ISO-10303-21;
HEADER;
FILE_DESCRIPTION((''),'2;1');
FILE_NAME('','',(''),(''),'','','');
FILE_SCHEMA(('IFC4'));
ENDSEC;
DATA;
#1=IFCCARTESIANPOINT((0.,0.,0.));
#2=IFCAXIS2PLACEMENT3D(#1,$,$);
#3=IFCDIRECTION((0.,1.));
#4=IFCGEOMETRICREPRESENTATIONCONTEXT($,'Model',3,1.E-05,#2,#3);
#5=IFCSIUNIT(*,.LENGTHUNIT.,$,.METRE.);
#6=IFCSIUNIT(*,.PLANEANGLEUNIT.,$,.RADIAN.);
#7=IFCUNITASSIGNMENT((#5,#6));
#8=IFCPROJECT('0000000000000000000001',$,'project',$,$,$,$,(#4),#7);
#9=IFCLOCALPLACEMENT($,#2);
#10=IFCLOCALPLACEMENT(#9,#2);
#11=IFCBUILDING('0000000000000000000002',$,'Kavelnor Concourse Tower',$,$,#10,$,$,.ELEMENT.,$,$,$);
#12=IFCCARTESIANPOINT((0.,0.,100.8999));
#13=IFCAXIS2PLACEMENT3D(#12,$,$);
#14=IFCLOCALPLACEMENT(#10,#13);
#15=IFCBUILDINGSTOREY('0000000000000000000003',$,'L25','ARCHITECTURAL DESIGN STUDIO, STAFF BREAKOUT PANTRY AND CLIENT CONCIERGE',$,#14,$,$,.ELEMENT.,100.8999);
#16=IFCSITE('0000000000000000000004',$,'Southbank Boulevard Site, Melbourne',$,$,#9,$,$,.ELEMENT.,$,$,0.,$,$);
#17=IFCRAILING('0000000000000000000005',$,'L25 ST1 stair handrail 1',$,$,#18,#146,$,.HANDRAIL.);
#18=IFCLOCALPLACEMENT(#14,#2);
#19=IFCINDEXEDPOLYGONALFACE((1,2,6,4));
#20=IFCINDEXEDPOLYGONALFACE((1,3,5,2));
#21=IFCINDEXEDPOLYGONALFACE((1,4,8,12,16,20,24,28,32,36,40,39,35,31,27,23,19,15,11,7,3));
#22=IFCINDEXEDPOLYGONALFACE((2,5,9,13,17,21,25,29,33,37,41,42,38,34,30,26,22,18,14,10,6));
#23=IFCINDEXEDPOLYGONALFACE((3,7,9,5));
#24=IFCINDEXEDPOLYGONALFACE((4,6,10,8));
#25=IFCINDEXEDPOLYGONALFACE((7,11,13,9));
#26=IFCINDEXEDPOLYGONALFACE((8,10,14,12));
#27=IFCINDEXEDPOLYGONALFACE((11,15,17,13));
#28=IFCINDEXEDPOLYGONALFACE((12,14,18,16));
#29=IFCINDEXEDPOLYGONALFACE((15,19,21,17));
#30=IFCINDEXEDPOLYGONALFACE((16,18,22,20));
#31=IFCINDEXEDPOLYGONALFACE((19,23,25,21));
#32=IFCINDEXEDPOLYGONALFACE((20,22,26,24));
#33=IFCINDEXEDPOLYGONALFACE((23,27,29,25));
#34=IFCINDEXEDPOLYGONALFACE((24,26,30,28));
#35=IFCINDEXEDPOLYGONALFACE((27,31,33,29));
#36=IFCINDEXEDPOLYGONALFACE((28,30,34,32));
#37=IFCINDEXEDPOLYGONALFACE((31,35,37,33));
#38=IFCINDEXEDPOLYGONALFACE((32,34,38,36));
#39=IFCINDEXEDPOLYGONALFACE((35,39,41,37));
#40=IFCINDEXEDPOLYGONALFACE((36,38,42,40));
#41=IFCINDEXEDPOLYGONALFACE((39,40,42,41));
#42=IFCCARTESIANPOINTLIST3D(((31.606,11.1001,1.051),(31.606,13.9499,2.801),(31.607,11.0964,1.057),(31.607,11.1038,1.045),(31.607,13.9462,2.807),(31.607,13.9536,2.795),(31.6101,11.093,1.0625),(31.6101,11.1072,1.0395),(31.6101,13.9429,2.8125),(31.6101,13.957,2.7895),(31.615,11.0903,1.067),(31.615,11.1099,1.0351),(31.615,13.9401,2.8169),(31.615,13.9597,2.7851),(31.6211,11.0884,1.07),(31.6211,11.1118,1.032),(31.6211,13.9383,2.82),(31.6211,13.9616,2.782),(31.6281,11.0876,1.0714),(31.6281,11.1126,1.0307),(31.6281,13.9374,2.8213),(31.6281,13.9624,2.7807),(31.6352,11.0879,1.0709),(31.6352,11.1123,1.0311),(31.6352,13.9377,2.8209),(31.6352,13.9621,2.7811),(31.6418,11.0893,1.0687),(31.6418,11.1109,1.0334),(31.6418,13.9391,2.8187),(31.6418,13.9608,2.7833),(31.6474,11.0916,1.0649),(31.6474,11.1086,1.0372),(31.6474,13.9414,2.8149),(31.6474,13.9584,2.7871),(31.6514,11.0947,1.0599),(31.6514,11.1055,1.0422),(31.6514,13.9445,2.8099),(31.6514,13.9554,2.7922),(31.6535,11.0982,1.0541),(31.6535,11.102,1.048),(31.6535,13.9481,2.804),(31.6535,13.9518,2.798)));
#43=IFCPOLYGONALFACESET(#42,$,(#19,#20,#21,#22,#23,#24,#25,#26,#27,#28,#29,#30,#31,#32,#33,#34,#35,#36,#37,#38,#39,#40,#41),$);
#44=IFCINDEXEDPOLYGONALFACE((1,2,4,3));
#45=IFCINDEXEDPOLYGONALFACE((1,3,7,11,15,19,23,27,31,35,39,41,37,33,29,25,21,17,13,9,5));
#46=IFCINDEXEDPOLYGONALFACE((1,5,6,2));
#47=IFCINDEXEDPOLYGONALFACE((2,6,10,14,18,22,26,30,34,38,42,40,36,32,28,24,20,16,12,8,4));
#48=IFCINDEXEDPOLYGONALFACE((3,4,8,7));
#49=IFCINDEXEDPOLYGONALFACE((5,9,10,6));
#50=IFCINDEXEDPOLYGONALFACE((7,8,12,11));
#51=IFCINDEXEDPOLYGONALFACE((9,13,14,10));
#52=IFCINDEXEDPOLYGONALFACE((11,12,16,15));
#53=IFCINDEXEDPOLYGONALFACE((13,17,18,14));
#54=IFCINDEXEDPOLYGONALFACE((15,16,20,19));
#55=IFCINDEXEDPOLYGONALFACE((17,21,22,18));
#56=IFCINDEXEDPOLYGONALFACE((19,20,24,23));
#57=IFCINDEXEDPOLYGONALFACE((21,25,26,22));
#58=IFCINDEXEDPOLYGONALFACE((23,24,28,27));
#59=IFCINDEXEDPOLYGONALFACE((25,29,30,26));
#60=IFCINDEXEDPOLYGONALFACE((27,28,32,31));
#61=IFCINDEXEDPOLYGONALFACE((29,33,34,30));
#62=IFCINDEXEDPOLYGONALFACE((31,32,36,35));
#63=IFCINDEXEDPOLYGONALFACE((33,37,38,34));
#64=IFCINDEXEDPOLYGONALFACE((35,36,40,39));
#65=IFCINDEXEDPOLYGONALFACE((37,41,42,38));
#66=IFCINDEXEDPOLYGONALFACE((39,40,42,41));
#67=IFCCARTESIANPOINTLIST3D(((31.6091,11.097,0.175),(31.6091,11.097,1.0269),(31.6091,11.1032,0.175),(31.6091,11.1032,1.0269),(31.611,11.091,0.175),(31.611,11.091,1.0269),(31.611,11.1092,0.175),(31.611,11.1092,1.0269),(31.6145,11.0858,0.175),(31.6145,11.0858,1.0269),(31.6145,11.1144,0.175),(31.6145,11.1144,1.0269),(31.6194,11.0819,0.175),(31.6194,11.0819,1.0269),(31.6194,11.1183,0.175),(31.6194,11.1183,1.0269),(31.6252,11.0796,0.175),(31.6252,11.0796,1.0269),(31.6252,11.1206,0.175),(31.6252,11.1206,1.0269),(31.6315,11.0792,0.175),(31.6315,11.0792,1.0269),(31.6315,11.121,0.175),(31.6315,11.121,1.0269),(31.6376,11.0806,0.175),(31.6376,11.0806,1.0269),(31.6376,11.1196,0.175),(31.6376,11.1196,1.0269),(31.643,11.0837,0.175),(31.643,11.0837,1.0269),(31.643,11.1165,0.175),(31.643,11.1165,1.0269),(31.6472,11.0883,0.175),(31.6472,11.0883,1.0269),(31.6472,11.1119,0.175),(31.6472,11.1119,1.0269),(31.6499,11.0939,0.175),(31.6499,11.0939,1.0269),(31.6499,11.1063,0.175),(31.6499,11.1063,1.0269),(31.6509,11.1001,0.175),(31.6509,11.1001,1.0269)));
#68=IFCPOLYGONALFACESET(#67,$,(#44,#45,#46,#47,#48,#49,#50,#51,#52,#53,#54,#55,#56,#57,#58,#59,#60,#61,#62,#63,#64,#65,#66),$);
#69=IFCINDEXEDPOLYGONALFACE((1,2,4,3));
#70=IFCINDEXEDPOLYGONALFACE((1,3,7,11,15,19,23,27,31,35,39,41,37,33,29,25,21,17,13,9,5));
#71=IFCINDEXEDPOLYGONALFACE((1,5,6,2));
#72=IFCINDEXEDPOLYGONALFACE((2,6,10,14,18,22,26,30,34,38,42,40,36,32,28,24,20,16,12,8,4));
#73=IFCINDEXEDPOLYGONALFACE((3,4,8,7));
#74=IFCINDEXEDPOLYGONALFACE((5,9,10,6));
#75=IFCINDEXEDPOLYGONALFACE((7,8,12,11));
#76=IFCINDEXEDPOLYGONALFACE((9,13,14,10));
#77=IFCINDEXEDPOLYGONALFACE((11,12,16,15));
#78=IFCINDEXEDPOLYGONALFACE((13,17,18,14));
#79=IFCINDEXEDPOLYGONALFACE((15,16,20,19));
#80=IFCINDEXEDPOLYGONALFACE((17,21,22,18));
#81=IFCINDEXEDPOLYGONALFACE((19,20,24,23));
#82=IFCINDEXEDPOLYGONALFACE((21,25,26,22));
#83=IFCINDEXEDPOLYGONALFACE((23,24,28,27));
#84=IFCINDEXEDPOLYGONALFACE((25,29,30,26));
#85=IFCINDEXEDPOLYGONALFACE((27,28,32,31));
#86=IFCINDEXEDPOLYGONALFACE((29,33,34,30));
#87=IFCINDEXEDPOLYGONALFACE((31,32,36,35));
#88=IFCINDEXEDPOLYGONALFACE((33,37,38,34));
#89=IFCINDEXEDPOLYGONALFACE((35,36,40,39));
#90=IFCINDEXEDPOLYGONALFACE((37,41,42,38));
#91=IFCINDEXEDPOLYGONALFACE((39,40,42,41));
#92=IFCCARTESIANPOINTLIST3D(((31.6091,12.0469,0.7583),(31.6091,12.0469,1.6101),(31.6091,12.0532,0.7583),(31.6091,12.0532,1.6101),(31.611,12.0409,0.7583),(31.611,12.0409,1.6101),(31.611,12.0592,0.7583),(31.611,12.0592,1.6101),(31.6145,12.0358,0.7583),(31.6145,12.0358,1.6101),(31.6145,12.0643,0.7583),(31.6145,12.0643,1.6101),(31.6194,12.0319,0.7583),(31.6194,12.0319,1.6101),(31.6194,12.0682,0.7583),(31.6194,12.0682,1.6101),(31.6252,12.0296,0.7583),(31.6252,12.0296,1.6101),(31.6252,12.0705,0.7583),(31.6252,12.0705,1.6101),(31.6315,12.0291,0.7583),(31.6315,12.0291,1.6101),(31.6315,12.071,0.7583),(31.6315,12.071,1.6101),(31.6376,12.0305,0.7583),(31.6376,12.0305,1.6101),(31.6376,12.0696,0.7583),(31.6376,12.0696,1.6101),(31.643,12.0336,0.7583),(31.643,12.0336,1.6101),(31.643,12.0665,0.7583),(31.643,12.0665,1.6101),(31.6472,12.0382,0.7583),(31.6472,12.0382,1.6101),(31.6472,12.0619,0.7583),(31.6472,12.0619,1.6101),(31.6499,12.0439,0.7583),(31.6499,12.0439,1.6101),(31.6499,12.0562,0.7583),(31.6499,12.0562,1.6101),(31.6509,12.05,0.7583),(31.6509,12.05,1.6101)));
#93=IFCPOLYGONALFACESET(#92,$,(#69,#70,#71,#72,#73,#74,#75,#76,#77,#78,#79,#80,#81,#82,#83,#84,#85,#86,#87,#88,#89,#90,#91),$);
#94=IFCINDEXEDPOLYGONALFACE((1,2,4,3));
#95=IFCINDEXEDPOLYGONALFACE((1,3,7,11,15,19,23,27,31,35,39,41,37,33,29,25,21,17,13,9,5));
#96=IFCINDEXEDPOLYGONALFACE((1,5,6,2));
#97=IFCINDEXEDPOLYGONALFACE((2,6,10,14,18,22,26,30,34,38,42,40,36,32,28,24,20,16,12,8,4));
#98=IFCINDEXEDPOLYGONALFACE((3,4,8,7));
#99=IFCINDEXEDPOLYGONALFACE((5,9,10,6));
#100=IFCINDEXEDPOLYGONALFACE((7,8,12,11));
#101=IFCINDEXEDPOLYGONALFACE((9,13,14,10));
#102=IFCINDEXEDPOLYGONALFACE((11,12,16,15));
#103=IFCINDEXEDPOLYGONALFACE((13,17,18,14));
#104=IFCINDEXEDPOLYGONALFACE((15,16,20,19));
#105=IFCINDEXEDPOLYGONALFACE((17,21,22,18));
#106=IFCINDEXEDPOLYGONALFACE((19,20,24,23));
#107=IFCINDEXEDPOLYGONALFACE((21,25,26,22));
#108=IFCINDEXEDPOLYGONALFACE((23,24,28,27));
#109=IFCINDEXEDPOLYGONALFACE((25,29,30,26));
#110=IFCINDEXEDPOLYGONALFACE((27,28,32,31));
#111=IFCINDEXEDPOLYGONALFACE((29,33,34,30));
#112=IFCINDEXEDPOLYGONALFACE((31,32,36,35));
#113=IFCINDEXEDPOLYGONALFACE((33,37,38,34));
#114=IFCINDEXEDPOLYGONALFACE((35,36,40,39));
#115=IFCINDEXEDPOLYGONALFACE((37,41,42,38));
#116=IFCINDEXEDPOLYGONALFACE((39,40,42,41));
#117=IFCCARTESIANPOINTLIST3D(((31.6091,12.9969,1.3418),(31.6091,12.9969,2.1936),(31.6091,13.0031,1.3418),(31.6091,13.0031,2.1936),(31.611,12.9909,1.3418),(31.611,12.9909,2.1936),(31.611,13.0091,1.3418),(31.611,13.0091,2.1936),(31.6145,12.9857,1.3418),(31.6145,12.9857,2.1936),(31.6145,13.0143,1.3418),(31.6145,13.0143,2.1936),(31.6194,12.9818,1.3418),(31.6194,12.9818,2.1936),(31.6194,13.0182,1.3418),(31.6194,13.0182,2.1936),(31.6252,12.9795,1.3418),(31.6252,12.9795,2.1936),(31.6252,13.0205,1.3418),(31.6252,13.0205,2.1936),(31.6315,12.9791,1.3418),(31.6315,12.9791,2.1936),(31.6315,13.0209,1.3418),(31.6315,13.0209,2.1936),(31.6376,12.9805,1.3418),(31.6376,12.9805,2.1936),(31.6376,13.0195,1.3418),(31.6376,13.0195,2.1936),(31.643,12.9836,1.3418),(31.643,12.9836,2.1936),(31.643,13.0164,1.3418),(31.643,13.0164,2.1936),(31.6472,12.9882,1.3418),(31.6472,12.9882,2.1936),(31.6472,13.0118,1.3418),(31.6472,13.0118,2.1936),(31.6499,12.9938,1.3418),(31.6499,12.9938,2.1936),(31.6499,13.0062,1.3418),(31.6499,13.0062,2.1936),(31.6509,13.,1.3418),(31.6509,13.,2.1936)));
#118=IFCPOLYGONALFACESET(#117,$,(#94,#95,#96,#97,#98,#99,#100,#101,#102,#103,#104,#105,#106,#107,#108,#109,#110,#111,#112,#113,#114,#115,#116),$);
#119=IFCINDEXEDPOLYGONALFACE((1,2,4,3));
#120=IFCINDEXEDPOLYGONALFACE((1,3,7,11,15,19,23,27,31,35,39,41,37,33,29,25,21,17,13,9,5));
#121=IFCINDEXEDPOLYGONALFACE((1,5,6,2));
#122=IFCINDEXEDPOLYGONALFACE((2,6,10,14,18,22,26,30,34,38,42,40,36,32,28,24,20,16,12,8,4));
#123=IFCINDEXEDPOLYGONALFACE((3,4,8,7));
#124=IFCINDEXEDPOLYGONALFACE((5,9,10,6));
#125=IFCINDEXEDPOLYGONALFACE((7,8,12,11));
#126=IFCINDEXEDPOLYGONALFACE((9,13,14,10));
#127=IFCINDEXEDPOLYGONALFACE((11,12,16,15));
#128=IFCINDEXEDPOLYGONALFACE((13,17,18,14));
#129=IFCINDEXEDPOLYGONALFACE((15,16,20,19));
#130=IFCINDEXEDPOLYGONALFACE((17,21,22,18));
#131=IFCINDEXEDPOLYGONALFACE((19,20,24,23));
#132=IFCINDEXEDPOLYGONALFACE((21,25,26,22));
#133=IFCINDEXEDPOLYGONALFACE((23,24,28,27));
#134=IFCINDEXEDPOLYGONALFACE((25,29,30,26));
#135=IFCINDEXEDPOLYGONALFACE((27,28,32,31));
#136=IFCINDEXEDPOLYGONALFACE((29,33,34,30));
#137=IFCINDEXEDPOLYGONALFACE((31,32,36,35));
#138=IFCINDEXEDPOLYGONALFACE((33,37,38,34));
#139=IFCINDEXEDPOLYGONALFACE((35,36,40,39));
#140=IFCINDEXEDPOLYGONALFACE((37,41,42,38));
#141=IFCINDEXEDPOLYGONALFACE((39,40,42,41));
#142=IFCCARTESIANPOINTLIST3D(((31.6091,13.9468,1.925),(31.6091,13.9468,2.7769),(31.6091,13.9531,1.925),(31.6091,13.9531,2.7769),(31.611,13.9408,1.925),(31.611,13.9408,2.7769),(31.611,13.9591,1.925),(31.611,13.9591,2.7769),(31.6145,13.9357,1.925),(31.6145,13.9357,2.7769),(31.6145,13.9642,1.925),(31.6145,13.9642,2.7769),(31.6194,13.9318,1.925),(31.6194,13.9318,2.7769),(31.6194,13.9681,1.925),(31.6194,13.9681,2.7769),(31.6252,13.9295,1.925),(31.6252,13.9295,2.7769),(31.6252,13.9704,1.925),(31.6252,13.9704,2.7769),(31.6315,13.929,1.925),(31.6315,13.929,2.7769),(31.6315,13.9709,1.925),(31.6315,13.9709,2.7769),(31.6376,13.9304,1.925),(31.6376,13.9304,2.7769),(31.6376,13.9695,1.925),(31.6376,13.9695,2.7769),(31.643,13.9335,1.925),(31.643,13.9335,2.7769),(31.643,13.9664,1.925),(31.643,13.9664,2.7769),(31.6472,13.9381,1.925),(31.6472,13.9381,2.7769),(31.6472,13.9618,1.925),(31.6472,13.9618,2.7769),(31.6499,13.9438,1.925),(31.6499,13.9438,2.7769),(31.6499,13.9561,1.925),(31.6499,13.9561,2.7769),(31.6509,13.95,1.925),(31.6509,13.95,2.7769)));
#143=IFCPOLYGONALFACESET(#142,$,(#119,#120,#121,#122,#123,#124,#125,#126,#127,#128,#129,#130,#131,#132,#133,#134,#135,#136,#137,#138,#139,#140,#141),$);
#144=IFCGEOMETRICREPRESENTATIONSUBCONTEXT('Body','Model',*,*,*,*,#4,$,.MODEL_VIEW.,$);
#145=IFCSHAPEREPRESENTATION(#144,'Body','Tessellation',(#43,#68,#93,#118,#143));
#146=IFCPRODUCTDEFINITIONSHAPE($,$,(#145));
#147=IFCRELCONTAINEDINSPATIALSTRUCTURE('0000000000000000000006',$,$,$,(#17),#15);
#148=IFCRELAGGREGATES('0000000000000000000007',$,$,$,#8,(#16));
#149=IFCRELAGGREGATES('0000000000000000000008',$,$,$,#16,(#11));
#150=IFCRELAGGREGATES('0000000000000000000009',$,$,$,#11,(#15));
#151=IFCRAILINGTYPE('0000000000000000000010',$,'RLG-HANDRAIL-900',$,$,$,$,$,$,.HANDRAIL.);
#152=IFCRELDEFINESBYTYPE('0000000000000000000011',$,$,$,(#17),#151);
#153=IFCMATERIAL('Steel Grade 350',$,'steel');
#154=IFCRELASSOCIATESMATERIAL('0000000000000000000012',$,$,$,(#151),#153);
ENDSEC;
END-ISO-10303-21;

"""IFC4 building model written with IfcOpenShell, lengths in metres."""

from ifc_helpers import new_model, si_unit, direction, frame, origin, origin_2d, place, context, subcontext, project, spatial, circle, extrude, material, type_object, element, save


model = new_model("IFC4")

# Units and contexts
model_context = context("Model", 3, precision=1e-05, world=origin(), true_north=direction((0.0, 1.0)))
body_context = subcontext(model_context, "Body", "Model", "MODEL_VIEW")
ifc_project = project(units=[si_unit("LENGTHUNIT", "METRE"), si_unit("PLANEANGLEUNIT", "RADIAN")], contexts=[model_context])

# Site, building, storey
site_placement = place(None, origin())
site = spatial("IfcSite", under=ifc_project, at=site_placement, Name="Southbank Boulevard Site, Melbourne", CompositionType="ELEMENT", RefElevation=0.0)
building_placement = place(site_placement, origin())
building = spatial("IfcBuilding", under=site, at=building_placement, Name="Kavelnor Concourse Tower", CompositionType="ELEMENT")
storey_placement = place(building_placement, frame((0.0, 0.0, 100.8999)))
storey = spatial("IfcBuildingStorey", under=building, at=storey_placement, Name="L25", Description="ARCHITECTURAL DESIGN STUDIO, STAFF BREAKOUT PANTRY AND CLIENT CONCIERGE", CompositionType="ELEMENT", Elevation=100.8999)

# Shared definitions
ifc_material_1 = material(Name="Steel Grade 350", Category="steel")

# Railing
railing_type_1 = type_object("IfcRailingType", Name="RLG-HANDRAIL-900", PredefinedType="HANDRAIL", material=ifc_material_1)
railing_1_placement = place(storey_placement, frame((31.6299, 11.1001, 0.175)))
element("IfcRailing", 1, at=railing_1_placement, inside=storey, type_object=railing_type_1, Name="L25 ST1 stair handrail 1", PredefinedType="HANDRAIL", context=body_context, shape_type="SweptSolid", body=[
    extrude(circle(Radius=0.0239, at=origin_2d()), frame((0.0, 0.0, 0.876), z_axis=(0.0, 0.852159, 0.523283), x_axis=(-1.0, 0.0, 0.0)), (0.0, 0.0, 1.0), 3.3442),
    extrude(circle(Radius=0.021, at=origin_2d()), origin(), (0.0, 0.0, 1.0), 0.8518),
    extrude(circle(Radius=0.021, at=origin_2d()), frame((0.0, 0.95, 0.5833)), (0.0, 0.0, 1.0), 0.8518),
    extrude(circle(Radius=0.021, at=origin_2d()), frame((0.0, 1.8999, 1.1667)), (0.0, 0.0, 1.0), 0.8518),
    extrude(circle(Radius=0.021, at=origin_2d()), frame((0.0, 2.8499, 1.75)), (0.0, 0.0, 1.0), 0.8518),
])

save(model, "model.ifc")
